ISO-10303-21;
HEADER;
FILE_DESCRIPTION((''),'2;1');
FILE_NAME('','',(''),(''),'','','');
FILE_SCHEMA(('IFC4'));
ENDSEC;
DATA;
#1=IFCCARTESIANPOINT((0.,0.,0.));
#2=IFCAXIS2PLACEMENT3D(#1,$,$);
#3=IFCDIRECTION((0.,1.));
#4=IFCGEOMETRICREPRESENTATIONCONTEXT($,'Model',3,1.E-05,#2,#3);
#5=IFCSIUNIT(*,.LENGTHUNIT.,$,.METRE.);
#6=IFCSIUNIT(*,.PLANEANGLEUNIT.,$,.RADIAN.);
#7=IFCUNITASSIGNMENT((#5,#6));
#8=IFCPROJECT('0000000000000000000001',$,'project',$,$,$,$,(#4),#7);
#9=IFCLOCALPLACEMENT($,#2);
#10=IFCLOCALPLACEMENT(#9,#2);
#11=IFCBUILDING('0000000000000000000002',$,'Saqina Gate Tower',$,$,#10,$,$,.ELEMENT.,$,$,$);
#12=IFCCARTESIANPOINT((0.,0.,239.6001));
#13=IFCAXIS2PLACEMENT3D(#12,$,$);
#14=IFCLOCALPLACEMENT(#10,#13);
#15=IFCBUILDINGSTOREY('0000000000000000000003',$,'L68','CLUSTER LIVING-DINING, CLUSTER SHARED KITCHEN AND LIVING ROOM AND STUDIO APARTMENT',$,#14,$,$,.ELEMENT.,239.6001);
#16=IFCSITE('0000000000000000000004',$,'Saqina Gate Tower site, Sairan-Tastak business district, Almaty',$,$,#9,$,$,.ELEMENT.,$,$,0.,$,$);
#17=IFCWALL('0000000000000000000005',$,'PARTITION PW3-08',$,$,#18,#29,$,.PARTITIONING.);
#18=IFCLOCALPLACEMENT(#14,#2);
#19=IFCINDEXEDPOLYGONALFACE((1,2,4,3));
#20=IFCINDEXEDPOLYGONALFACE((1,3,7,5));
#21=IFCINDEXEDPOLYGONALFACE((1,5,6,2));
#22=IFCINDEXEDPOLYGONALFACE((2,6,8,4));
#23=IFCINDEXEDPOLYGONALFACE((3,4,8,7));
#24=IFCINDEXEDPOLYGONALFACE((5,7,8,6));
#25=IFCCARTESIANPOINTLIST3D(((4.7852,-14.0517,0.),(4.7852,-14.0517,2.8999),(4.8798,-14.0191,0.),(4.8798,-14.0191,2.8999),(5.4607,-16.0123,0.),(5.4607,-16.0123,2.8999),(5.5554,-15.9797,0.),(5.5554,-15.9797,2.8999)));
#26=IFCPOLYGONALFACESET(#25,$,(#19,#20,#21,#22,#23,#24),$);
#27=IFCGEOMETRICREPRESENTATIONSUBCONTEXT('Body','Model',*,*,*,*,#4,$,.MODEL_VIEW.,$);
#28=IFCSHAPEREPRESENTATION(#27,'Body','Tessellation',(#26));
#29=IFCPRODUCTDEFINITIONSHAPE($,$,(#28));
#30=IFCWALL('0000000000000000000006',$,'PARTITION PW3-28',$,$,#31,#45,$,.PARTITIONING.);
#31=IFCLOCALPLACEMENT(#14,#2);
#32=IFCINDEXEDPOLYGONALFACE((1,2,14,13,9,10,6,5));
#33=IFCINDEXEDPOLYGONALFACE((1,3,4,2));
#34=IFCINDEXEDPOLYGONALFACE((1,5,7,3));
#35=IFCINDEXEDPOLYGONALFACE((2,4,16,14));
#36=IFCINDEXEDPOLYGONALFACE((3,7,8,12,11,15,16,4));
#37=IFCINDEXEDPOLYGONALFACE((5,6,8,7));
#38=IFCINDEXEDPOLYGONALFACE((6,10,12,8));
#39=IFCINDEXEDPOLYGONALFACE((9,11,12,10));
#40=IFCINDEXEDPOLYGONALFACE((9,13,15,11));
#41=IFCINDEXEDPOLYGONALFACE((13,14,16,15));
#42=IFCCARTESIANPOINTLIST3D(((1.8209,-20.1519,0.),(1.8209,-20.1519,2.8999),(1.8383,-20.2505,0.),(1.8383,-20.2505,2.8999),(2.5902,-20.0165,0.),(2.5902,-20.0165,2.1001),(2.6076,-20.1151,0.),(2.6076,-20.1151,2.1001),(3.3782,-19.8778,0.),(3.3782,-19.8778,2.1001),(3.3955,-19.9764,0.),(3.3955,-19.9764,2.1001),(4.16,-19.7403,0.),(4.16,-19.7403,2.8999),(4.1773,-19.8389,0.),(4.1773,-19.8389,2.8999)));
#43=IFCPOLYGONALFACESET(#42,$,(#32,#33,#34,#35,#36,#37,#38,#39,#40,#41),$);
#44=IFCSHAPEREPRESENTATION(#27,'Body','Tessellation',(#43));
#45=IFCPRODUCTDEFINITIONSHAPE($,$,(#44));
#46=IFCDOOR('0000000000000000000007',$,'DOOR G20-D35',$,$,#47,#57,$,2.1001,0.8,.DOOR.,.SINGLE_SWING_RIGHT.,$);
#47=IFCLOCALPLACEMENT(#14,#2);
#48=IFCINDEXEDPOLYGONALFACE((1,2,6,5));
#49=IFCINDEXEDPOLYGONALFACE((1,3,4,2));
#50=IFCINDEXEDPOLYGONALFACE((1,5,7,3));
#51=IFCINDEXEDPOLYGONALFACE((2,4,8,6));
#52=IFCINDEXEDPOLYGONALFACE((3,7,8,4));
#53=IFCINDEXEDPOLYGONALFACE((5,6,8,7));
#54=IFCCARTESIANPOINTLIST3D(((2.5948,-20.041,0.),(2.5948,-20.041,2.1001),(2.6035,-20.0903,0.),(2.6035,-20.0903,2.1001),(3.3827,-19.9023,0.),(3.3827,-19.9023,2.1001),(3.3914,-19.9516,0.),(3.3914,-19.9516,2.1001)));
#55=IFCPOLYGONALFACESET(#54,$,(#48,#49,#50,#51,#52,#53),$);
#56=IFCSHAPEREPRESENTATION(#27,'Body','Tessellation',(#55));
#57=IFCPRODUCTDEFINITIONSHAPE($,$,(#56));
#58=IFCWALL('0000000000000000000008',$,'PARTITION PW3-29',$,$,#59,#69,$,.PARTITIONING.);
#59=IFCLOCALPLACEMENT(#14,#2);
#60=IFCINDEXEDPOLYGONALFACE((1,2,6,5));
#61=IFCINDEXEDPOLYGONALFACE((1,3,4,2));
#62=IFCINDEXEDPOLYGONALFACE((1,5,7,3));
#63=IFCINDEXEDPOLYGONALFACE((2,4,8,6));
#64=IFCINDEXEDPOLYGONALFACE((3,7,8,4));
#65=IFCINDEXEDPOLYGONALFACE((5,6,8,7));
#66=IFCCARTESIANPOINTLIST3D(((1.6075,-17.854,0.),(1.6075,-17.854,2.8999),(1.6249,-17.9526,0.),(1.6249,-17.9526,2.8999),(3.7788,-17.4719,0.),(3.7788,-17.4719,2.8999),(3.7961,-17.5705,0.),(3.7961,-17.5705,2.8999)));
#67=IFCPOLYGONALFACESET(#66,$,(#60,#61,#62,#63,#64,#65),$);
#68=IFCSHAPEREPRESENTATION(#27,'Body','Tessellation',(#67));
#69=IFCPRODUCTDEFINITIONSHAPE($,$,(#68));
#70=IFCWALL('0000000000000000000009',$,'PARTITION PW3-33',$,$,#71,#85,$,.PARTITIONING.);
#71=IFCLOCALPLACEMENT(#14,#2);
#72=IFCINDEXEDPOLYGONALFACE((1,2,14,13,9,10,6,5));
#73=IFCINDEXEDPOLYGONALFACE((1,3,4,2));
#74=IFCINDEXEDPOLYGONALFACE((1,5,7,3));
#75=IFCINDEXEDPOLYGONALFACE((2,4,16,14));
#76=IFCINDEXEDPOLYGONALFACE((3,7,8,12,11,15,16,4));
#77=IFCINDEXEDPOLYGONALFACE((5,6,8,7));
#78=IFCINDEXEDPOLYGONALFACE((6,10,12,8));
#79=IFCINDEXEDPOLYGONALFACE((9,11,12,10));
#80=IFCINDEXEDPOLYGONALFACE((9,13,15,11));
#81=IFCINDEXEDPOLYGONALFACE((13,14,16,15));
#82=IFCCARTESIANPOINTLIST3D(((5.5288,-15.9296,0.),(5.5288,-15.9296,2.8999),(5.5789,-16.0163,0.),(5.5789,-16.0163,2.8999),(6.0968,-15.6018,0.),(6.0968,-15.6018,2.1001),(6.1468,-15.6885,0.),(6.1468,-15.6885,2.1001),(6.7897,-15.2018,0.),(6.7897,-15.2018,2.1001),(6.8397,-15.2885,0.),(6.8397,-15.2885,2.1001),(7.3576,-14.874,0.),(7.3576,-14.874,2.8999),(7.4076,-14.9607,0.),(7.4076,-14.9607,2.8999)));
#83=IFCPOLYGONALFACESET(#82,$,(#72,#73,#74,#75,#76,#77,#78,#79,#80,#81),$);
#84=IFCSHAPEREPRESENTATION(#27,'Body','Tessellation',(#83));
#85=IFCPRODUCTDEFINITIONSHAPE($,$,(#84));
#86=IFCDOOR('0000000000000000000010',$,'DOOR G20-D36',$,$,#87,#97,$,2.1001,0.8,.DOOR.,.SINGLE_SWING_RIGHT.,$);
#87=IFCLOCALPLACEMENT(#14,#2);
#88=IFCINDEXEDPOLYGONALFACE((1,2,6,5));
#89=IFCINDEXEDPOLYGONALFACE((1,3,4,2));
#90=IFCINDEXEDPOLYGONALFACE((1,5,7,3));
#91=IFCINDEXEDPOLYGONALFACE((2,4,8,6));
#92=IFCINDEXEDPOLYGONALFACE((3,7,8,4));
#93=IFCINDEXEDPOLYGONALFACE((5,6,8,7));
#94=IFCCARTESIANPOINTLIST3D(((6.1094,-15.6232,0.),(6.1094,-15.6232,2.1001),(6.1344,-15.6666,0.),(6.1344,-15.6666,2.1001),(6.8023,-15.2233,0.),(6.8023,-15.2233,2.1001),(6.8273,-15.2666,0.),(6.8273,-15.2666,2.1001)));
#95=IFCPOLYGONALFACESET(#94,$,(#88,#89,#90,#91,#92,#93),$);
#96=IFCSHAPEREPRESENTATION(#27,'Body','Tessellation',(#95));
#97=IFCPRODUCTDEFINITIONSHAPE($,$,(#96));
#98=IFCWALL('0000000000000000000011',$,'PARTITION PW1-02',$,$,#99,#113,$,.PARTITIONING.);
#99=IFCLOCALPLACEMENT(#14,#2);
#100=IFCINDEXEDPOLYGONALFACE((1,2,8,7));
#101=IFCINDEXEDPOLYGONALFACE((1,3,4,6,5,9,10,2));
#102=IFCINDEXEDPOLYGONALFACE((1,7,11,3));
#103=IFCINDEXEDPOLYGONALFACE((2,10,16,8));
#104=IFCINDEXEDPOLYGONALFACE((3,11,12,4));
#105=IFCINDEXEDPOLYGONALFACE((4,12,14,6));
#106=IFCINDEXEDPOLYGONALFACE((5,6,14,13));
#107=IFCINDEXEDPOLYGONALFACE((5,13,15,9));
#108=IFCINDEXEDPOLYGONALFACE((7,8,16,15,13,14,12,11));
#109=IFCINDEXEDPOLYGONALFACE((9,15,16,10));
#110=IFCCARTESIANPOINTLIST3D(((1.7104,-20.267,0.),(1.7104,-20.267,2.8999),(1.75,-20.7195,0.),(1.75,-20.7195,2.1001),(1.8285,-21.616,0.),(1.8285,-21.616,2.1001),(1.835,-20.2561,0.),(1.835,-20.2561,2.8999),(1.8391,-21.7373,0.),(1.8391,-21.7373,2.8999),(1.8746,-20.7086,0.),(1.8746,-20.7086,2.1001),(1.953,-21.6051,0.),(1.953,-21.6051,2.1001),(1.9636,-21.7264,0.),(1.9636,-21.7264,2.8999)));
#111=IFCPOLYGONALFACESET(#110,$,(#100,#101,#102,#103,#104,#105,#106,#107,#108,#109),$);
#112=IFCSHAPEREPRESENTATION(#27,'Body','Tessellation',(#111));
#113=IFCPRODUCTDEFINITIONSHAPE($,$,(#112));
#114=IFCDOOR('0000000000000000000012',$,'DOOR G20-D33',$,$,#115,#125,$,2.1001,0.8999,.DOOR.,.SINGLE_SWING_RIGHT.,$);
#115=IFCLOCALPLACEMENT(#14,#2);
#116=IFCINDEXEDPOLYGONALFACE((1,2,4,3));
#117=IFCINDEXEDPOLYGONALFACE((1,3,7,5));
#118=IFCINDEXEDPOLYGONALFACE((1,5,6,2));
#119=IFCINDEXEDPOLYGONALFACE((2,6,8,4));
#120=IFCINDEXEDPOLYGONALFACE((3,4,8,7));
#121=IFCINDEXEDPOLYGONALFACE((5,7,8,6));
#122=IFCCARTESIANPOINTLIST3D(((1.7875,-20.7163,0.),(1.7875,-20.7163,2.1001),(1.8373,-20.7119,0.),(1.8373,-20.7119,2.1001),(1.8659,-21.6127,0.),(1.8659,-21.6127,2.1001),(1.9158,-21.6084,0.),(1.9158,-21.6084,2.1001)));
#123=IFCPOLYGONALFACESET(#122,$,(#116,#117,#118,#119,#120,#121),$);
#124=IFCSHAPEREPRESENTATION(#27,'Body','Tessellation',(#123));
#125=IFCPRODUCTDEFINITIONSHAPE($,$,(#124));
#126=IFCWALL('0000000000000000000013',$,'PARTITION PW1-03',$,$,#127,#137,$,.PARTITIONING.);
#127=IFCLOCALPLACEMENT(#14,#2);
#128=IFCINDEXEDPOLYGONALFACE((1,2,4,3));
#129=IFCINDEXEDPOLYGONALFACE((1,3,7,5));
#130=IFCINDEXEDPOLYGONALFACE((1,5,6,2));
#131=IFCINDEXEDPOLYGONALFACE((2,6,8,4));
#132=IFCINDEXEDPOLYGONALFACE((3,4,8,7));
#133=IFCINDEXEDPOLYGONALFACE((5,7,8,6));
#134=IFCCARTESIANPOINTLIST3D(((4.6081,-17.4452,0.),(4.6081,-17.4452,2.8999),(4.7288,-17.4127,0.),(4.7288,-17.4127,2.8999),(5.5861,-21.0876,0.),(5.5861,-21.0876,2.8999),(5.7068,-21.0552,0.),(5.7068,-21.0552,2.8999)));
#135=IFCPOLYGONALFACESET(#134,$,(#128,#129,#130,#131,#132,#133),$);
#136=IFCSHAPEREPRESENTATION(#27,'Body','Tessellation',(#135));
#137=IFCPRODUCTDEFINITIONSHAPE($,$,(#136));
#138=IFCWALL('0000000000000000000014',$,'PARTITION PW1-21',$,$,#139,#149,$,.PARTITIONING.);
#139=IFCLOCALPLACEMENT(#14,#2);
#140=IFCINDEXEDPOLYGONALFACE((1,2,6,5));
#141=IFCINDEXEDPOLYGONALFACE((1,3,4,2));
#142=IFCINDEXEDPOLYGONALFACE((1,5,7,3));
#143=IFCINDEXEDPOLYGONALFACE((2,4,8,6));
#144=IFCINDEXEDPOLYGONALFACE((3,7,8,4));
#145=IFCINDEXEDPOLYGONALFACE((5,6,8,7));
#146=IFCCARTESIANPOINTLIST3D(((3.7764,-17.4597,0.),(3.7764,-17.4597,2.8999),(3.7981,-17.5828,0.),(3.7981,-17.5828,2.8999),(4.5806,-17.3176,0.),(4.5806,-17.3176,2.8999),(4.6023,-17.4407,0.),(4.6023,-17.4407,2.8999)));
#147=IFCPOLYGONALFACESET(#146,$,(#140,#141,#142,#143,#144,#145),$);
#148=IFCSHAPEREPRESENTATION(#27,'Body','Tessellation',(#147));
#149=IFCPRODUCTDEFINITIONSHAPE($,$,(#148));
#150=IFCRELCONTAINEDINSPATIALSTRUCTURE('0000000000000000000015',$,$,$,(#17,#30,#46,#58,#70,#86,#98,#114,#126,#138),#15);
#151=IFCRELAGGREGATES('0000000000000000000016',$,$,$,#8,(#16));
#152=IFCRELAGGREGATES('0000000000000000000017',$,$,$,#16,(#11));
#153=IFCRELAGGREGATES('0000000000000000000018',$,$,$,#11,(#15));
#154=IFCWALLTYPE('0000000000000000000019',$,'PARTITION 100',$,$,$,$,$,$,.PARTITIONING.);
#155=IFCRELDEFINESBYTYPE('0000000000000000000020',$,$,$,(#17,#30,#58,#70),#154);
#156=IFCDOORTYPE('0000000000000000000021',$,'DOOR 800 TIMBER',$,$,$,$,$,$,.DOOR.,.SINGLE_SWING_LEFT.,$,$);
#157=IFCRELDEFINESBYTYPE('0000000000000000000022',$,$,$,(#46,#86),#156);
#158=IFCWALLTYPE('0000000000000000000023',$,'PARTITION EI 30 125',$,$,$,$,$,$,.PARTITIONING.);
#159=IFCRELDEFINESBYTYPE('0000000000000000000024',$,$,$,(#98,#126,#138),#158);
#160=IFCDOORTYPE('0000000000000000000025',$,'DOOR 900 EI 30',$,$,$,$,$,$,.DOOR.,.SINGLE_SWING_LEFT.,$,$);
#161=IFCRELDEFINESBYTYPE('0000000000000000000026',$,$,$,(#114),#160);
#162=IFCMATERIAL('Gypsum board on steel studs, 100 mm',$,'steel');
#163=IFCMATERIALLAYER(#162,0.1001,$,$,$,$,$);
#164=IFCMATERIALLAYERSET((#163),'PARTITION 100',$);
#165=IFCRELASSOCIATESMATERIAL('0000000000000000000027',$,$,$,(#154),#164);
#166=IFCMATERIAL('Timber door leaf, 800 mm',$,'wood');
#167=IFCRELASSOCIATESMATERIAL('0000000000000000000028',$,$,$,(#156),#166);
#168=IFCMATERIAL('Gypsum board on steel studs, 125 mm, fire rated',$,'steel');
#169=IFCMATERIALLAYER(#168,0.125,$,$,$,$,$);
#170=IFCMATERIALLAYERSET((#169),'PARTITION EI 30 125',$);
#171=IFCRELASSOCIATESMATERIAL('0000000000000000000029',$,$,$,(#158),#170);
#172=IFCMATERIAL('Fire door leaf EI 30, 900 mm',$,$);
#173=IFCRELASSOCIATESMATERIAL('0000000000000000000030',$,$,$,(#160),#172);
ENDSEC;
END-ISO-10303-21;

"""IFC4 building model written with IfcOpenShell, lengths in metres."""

from ifc_helpers import new_model, si_unit, direction, frame, frame_2d, origin, place, context, subcontext, project, spatial, rectangle, extrude, material, layer, layer_set, type_object, element, fill, save


model = new_model("IFC4")

# Units and contexts
model_context = context("Model", 3, precision=1e-05, world=origin(), true_north=direction((0.0, 1.0)))
body_context = subcontext(model_context, "Body", "Model", "MODEL_VIEW")
ifc_project = project(units=[si_unit("LENGTHUNIT", "METRE"), si_unit("PLANEANGLEUNIT", "RADIAN")], contexts=[model_context])

# Site, building, storey
site_placement = place(None, origin())
site = spatial("IfcSite", under=ifc_project, at=site_placement, Name="Saqina Gate Tower site, Sairan-Tastak business district, Almaty", CompositionType="ELEMENT", RefElevation=0.0)
building_placement = place(site_placement, origin())
building = spatial("IfcBuilding", under=site, at=building_placement, Name="Saqina Gate Tower", CompositionType="ELEMENT")
storey_placement = place(building_placement, frame((0.0, 0.0, 239.6001)))
storey = spatial("IfcBuildingStorey", under=building, at=storey_placement, Name="L68", Description="CLUSTER LIVING-DINING, CLUSTER SHARED KITCHEN AND LIVING ROOM AND STUDIO APARTMENT", CompositionType="ELEMENT", Elevation=239.6001)

# Wall
ifc_material_1 = material(Name="Gypsum board on steel studs, 100 mm", Category="steel")
ifc_layer_1 = layer(ifc_material_1, 0.1001)
ifc_layer_set_1 = layer_set([ifc_layer_1], Name="PARTITION 100")
wall_type_1 = type_object("IfcWallType", Name="PARTITION 100", PredefinedType="PARTITIONING", material=ifc_layer_set_1)
wall_1_placement = place(storey_placement, frame((4.8325, -14.0354, 0.0), z_axis=(0.0, 0.0, 1.0), x_axis=(0.325748, -0.945457, 0.0)))
element("IfcWall", 1, at=wall_1_placement, inside=storey, type_object=wall_type_1, Name="PARTITION PW3-08", PredefinedType="PARTITIONING", context=body_context, shape_type="SweptSolid", body=[
    extrude(rectangle(XDim=2.0737, YDim=0.1001, at=frame_2d((1.0369, 0.0))), origin(), (0.0, 0.0, 1.0), 2.8999),
])

# Wall, opening, door
wall_2_placement = place(storey_placement, frame((1.8296, -20.2012, 0.0), z_axis=(0.0, 0.0, 1.0), x_axis=(0.984867, 0.17331, 0.0)))
wall_2 = element("IfcWall", 2, at=wall_2_placement, inside=storey, type_object=wall_type_1, Name="PARTITION PW3-28", PredefinedType="PARTITIONING", context=body_context, shape_type="SweptSolid", body=[
    extrude(rectangle(XDim=2.375, YDim=0.1001, at=frame_2d((1.1875, 0.0))), origin(), (0.0, 0.0, 1.0), 2.8999),
])
opening_1_placement = place(wall_2_placement, frame((0.7812, 0.0, 0.0)))
opening_1 = element("IfcOpeningElement", 3, at=opening_1_placement, cuts=wall_2, PredefinedType="OPENING", context=body_context, shape_type="SweptSolid", body=[
    extrude(rectangle(XDim=0.8, YDim=2.1001, at=frame_2d((0.3999, 1.05))), frame((0.0, 0.062, 0.0), z_axis=(0.0, -1.0, 0.0), x_axis=(1.0, 0.0, 0.0)), (0.0, 0.0, 1.0), 0.124),
])
ifc_material_2 = material(Name="Timber door leaf, 800 mm", Category="wood")
door_type_1 = type_object("IfcDoorType", Name="DOOR 800 TIMBER", OperationType="SINGLE_SWING_LEFT", PredefinedType="DOOR", material=ifc_material_2)
door_1_placement = place(opening_1_placement, frame((0.8, 0.0, 0.0), z_axis=(0.0, 0.0, 1.0), x_axis=(-1.0, 0.0, 0.0)))
door_1 = element("IfcDoor", 4, at=door_1_placement, inside=storey, type_object=door_type_1, Name="DOOR G20-D35", OperationType="SINGLE_SWING_RIGHT", OverallHeight=2.1001, OverallWidth=0.8, PredefinedType="DOOR", context=body_context, shape_type="SweptSolid", body=[
    extrude(rectangle(XDim=0.8, YDim=2.1001, at=frame_2d((0.3999, 1.05))), frame((0.0, 0.0249, 0.0), z_axis=(0.0, -1.0, 0.0), x_axis=(1.0, 0.0, 0.0)), (0.0, 0.0, 1.0), 0.05),
])
fill(opening_1, door_1)

# Wall
wall_3_placement = place(storey_placement, frame((1.6162, -17.9033, 0.0), z_axis=(0.0, 0.0, 1.0), x_axis=(0.984866, 0.173318, 0.0)))
element("IfcWall", 5, at=wall_3_placement, inside=storey, type_object=wall_type_1, Name="PARTITION PW3-29", PredefinedType="PARTITIONING", context=body_context, shape_type="SweptSolid", body=[
    extrude(rectangle(XDim=2.2046, YDim=0.1001, at=frame_2d((1.1023, 0.0))), origin(), (0.0, 0.0, 1.0), 2.8999),
])

# Walls, openings, doors
wall_4_placement = place(storey_placement, frame((5.554, -15.9729, 0.0), z_axis=(0.0, 0.0, 1.0), x_axis=(0.866072, 0.499919, 0.0)))
wall_4 = element("IfcWall", 6, at=wall_4_placement, inside=storey, type_object=wall_type_1, Name="PARTITION PW3-33", PredefinedType="PARTITIONING", context=body_context, shape_type="SweptSolid", body=[
    extrude(rectangle(XDim=2.1116, YDim=0.1001, at=frame_2d((1.0557, 0.0))), origin(), (0.0, 0.0, 1.0), 2.8999),
])
opening_2_placement = place(wall_4_placement, frame((0.6558, 0.0, 0.0)))
opening_2 = element("IfcOpeningElement", 7, at=opening_2_placement, cuts=wall_4, PredefinedType="OPENING", context=body_context, shape_type="SweptSolid", body=[
    extrude(rectangle(XDim=0.8, YDim=2.1001, at=frame_2d((0.3999, 1.05))), frame((0.0, 0.062, 0.0), z_axis=(0.0, -1.0, 0.0), x_axis=(1.0, 0.0, 0.0)), (0.0, 0.0, 1.0), 0.124),
])
door_2_placement = place(opening_2_placement, frame((0.8, 0.0, 0.0), z_axis=(0.0, 0.0, 1.0), x_axis=(-1.0, 0.0, 0.0)))
door_2 = element("IfcDoor", 8, at=door_2_placement, inside=storey, type_object=door_type_1, Name="DOOR G20-D36", OperationType="SINGLE_SWING_RIGHT", OverallHeight=2.1001, OverallWidth=0.8, PredefinedType="DOOR", context=body_context, shape_type="SweptSolid", body=[
    extrude(rectangle(XDim=0.8, YDim=2.1001, at=frame_2d((0.3999, 1.05))), frame((0.0, 0.0249, 0.0), z_axis=(0.0, -1.0, 0.0), x_axis=(1.0, 0.0, 0.0)), (0.0, 0.0, 1.0), 0.05),
])
fill(opening_2, door_2)
ifc_material_3 = material(Name="Gypsum board on steel studs, 125 mm, fire rated", Category="steel")
ifc_layer_2 = layer(ifc_material_3, 0.125)
ifc_layer_set_2 = layer_set([ifc_layer_2], Name="PARTITION EI 30 125")
wall_type_2 = type_object("IfcWallType", Name="PARTITION EI 30 125", PredefinedType="PARTITIONING", material=ifc_layer_set_2)
wall_5_placement = place(storey_placement, frame((1.7727, -20.2617, 0.0), z_axis=(0.0, 0.0, 1.0), x_axis=(0.087179, -0.996193, 0.0)))
wall_5 = element("IfcWall", 9, at=wall_5_placement, inside=storey, type_object=wall_type_2, Name="PARTITION PW1-02", PredefinedType="PARTITIONING", context=body_context, shape_type="SweptSolid", body=[
    extrude(rectangle(XDim=1.4758, YDim=0.125, at=frame_2d((0.7378, 0.0))), origin(), (0.0, 0.0, 1.0), 2.8999),
])
opening_3_placement = place(wall_5_placement, frame((0.4541, 0.0, 0.0)))
opening_3 = element("IfcOpeningElement", 10, at=opening_3_placement, cuts=wall_5, PredefinedType="OPENING", context=body_context, shape_type="SweptSolid", body=[
    extrude(rectangle(XDim=0.8999, YDim=2.1001, at=frame_2d((0.45, 1.05))), frame((0.0, 0.0745, 0.0), z_axis=(0.0, -1.0, 0.0), x_axis=(1.0, 0.0, 0.0)), (0.0, 0.0, 1.0), 0.1489),
])
ifc_material_4 = material(Name="Fire door leaf EI 30, 900 mm")
door_type_2 = type_object("IfcDoorType", Name="DOOR 900 EI 30", OperationType="SINGLE_SWING_LEFT", PredefinedType="DOOR", material=ifc_material_4)
door_3_placement = place(opening_3_placement, frame((0.8999, 0.0, 0.0), z_axis=(0.0, 0.0, 1.0), x_axis=(-1.0, 0.0, 0.0)))
door_3 = element("IfcDoor", 11, at=door_3_placement, inside=storey, type_object=door_type_2, Name="DOOR G20-D33", OperationType="SINGLE_SWING_RIGHT", OverallHeight=2.1001, OverallWidth=0.8999, PredefinedType="DOOR", context=body_context, shape_type="SweptSolid", body=[
    extrude(rectangle(XDim=0.8999, YDim=2.1001, at=frame_2d((0.45, 1.05))), frame((0.0, 0.0249, 0.0), z_axis=(0.0, -1.0, 0.0), x_axis=(1.0, 0.0, 0.0)), (0.0, 0.0, 1.0), 0.05),
])
fill(opening_3, door_3)

# Walls
wall_6_placement = place(storey_placement, frame((4.6685, -17.429, 0.0), z_axis=(0.0, 0.0, 1.0), x_axis=(0.259314, -0.965793, 0.0)))
element("IfcWall", 12, at=wall_6_placement, inside=storey, type_object=wall_type_2, Name="PARTITION PW1-03", PredefinedType="PARTITIONING", context=body_context, shape_type="SweptSolid", body=[
    extrude(rectangle(XDim=3.7715, YDim=0.125, at=frame_2d((1.8857, 0.0))), origin(), (0.0, 0.0, 1.0), 2.8999),
])
wall_7_placement = place(storey_placement, frame((3.7874, -17.5212, 0.0), z_axis=(0.0, 0.0, 1.0), x_axis=(0.984747, 0.17399, 0.0)))
element("IfcWall", 13, at=wall_7_placement, inside=storey, type_object=wall_type_2, Name="PARTITION PW1-21", PredefinedType="PARTITIONING", context=body_context, shape_type="SweptSolid", body=[
    extrude(rectangle(XDim=0.8167, YDim=0.125, at=frame_2d((0.4082, 0.0))), origin(), (0.0, 0.0, 1.0), 2.8999),
])

save(model, "model.ifc")
